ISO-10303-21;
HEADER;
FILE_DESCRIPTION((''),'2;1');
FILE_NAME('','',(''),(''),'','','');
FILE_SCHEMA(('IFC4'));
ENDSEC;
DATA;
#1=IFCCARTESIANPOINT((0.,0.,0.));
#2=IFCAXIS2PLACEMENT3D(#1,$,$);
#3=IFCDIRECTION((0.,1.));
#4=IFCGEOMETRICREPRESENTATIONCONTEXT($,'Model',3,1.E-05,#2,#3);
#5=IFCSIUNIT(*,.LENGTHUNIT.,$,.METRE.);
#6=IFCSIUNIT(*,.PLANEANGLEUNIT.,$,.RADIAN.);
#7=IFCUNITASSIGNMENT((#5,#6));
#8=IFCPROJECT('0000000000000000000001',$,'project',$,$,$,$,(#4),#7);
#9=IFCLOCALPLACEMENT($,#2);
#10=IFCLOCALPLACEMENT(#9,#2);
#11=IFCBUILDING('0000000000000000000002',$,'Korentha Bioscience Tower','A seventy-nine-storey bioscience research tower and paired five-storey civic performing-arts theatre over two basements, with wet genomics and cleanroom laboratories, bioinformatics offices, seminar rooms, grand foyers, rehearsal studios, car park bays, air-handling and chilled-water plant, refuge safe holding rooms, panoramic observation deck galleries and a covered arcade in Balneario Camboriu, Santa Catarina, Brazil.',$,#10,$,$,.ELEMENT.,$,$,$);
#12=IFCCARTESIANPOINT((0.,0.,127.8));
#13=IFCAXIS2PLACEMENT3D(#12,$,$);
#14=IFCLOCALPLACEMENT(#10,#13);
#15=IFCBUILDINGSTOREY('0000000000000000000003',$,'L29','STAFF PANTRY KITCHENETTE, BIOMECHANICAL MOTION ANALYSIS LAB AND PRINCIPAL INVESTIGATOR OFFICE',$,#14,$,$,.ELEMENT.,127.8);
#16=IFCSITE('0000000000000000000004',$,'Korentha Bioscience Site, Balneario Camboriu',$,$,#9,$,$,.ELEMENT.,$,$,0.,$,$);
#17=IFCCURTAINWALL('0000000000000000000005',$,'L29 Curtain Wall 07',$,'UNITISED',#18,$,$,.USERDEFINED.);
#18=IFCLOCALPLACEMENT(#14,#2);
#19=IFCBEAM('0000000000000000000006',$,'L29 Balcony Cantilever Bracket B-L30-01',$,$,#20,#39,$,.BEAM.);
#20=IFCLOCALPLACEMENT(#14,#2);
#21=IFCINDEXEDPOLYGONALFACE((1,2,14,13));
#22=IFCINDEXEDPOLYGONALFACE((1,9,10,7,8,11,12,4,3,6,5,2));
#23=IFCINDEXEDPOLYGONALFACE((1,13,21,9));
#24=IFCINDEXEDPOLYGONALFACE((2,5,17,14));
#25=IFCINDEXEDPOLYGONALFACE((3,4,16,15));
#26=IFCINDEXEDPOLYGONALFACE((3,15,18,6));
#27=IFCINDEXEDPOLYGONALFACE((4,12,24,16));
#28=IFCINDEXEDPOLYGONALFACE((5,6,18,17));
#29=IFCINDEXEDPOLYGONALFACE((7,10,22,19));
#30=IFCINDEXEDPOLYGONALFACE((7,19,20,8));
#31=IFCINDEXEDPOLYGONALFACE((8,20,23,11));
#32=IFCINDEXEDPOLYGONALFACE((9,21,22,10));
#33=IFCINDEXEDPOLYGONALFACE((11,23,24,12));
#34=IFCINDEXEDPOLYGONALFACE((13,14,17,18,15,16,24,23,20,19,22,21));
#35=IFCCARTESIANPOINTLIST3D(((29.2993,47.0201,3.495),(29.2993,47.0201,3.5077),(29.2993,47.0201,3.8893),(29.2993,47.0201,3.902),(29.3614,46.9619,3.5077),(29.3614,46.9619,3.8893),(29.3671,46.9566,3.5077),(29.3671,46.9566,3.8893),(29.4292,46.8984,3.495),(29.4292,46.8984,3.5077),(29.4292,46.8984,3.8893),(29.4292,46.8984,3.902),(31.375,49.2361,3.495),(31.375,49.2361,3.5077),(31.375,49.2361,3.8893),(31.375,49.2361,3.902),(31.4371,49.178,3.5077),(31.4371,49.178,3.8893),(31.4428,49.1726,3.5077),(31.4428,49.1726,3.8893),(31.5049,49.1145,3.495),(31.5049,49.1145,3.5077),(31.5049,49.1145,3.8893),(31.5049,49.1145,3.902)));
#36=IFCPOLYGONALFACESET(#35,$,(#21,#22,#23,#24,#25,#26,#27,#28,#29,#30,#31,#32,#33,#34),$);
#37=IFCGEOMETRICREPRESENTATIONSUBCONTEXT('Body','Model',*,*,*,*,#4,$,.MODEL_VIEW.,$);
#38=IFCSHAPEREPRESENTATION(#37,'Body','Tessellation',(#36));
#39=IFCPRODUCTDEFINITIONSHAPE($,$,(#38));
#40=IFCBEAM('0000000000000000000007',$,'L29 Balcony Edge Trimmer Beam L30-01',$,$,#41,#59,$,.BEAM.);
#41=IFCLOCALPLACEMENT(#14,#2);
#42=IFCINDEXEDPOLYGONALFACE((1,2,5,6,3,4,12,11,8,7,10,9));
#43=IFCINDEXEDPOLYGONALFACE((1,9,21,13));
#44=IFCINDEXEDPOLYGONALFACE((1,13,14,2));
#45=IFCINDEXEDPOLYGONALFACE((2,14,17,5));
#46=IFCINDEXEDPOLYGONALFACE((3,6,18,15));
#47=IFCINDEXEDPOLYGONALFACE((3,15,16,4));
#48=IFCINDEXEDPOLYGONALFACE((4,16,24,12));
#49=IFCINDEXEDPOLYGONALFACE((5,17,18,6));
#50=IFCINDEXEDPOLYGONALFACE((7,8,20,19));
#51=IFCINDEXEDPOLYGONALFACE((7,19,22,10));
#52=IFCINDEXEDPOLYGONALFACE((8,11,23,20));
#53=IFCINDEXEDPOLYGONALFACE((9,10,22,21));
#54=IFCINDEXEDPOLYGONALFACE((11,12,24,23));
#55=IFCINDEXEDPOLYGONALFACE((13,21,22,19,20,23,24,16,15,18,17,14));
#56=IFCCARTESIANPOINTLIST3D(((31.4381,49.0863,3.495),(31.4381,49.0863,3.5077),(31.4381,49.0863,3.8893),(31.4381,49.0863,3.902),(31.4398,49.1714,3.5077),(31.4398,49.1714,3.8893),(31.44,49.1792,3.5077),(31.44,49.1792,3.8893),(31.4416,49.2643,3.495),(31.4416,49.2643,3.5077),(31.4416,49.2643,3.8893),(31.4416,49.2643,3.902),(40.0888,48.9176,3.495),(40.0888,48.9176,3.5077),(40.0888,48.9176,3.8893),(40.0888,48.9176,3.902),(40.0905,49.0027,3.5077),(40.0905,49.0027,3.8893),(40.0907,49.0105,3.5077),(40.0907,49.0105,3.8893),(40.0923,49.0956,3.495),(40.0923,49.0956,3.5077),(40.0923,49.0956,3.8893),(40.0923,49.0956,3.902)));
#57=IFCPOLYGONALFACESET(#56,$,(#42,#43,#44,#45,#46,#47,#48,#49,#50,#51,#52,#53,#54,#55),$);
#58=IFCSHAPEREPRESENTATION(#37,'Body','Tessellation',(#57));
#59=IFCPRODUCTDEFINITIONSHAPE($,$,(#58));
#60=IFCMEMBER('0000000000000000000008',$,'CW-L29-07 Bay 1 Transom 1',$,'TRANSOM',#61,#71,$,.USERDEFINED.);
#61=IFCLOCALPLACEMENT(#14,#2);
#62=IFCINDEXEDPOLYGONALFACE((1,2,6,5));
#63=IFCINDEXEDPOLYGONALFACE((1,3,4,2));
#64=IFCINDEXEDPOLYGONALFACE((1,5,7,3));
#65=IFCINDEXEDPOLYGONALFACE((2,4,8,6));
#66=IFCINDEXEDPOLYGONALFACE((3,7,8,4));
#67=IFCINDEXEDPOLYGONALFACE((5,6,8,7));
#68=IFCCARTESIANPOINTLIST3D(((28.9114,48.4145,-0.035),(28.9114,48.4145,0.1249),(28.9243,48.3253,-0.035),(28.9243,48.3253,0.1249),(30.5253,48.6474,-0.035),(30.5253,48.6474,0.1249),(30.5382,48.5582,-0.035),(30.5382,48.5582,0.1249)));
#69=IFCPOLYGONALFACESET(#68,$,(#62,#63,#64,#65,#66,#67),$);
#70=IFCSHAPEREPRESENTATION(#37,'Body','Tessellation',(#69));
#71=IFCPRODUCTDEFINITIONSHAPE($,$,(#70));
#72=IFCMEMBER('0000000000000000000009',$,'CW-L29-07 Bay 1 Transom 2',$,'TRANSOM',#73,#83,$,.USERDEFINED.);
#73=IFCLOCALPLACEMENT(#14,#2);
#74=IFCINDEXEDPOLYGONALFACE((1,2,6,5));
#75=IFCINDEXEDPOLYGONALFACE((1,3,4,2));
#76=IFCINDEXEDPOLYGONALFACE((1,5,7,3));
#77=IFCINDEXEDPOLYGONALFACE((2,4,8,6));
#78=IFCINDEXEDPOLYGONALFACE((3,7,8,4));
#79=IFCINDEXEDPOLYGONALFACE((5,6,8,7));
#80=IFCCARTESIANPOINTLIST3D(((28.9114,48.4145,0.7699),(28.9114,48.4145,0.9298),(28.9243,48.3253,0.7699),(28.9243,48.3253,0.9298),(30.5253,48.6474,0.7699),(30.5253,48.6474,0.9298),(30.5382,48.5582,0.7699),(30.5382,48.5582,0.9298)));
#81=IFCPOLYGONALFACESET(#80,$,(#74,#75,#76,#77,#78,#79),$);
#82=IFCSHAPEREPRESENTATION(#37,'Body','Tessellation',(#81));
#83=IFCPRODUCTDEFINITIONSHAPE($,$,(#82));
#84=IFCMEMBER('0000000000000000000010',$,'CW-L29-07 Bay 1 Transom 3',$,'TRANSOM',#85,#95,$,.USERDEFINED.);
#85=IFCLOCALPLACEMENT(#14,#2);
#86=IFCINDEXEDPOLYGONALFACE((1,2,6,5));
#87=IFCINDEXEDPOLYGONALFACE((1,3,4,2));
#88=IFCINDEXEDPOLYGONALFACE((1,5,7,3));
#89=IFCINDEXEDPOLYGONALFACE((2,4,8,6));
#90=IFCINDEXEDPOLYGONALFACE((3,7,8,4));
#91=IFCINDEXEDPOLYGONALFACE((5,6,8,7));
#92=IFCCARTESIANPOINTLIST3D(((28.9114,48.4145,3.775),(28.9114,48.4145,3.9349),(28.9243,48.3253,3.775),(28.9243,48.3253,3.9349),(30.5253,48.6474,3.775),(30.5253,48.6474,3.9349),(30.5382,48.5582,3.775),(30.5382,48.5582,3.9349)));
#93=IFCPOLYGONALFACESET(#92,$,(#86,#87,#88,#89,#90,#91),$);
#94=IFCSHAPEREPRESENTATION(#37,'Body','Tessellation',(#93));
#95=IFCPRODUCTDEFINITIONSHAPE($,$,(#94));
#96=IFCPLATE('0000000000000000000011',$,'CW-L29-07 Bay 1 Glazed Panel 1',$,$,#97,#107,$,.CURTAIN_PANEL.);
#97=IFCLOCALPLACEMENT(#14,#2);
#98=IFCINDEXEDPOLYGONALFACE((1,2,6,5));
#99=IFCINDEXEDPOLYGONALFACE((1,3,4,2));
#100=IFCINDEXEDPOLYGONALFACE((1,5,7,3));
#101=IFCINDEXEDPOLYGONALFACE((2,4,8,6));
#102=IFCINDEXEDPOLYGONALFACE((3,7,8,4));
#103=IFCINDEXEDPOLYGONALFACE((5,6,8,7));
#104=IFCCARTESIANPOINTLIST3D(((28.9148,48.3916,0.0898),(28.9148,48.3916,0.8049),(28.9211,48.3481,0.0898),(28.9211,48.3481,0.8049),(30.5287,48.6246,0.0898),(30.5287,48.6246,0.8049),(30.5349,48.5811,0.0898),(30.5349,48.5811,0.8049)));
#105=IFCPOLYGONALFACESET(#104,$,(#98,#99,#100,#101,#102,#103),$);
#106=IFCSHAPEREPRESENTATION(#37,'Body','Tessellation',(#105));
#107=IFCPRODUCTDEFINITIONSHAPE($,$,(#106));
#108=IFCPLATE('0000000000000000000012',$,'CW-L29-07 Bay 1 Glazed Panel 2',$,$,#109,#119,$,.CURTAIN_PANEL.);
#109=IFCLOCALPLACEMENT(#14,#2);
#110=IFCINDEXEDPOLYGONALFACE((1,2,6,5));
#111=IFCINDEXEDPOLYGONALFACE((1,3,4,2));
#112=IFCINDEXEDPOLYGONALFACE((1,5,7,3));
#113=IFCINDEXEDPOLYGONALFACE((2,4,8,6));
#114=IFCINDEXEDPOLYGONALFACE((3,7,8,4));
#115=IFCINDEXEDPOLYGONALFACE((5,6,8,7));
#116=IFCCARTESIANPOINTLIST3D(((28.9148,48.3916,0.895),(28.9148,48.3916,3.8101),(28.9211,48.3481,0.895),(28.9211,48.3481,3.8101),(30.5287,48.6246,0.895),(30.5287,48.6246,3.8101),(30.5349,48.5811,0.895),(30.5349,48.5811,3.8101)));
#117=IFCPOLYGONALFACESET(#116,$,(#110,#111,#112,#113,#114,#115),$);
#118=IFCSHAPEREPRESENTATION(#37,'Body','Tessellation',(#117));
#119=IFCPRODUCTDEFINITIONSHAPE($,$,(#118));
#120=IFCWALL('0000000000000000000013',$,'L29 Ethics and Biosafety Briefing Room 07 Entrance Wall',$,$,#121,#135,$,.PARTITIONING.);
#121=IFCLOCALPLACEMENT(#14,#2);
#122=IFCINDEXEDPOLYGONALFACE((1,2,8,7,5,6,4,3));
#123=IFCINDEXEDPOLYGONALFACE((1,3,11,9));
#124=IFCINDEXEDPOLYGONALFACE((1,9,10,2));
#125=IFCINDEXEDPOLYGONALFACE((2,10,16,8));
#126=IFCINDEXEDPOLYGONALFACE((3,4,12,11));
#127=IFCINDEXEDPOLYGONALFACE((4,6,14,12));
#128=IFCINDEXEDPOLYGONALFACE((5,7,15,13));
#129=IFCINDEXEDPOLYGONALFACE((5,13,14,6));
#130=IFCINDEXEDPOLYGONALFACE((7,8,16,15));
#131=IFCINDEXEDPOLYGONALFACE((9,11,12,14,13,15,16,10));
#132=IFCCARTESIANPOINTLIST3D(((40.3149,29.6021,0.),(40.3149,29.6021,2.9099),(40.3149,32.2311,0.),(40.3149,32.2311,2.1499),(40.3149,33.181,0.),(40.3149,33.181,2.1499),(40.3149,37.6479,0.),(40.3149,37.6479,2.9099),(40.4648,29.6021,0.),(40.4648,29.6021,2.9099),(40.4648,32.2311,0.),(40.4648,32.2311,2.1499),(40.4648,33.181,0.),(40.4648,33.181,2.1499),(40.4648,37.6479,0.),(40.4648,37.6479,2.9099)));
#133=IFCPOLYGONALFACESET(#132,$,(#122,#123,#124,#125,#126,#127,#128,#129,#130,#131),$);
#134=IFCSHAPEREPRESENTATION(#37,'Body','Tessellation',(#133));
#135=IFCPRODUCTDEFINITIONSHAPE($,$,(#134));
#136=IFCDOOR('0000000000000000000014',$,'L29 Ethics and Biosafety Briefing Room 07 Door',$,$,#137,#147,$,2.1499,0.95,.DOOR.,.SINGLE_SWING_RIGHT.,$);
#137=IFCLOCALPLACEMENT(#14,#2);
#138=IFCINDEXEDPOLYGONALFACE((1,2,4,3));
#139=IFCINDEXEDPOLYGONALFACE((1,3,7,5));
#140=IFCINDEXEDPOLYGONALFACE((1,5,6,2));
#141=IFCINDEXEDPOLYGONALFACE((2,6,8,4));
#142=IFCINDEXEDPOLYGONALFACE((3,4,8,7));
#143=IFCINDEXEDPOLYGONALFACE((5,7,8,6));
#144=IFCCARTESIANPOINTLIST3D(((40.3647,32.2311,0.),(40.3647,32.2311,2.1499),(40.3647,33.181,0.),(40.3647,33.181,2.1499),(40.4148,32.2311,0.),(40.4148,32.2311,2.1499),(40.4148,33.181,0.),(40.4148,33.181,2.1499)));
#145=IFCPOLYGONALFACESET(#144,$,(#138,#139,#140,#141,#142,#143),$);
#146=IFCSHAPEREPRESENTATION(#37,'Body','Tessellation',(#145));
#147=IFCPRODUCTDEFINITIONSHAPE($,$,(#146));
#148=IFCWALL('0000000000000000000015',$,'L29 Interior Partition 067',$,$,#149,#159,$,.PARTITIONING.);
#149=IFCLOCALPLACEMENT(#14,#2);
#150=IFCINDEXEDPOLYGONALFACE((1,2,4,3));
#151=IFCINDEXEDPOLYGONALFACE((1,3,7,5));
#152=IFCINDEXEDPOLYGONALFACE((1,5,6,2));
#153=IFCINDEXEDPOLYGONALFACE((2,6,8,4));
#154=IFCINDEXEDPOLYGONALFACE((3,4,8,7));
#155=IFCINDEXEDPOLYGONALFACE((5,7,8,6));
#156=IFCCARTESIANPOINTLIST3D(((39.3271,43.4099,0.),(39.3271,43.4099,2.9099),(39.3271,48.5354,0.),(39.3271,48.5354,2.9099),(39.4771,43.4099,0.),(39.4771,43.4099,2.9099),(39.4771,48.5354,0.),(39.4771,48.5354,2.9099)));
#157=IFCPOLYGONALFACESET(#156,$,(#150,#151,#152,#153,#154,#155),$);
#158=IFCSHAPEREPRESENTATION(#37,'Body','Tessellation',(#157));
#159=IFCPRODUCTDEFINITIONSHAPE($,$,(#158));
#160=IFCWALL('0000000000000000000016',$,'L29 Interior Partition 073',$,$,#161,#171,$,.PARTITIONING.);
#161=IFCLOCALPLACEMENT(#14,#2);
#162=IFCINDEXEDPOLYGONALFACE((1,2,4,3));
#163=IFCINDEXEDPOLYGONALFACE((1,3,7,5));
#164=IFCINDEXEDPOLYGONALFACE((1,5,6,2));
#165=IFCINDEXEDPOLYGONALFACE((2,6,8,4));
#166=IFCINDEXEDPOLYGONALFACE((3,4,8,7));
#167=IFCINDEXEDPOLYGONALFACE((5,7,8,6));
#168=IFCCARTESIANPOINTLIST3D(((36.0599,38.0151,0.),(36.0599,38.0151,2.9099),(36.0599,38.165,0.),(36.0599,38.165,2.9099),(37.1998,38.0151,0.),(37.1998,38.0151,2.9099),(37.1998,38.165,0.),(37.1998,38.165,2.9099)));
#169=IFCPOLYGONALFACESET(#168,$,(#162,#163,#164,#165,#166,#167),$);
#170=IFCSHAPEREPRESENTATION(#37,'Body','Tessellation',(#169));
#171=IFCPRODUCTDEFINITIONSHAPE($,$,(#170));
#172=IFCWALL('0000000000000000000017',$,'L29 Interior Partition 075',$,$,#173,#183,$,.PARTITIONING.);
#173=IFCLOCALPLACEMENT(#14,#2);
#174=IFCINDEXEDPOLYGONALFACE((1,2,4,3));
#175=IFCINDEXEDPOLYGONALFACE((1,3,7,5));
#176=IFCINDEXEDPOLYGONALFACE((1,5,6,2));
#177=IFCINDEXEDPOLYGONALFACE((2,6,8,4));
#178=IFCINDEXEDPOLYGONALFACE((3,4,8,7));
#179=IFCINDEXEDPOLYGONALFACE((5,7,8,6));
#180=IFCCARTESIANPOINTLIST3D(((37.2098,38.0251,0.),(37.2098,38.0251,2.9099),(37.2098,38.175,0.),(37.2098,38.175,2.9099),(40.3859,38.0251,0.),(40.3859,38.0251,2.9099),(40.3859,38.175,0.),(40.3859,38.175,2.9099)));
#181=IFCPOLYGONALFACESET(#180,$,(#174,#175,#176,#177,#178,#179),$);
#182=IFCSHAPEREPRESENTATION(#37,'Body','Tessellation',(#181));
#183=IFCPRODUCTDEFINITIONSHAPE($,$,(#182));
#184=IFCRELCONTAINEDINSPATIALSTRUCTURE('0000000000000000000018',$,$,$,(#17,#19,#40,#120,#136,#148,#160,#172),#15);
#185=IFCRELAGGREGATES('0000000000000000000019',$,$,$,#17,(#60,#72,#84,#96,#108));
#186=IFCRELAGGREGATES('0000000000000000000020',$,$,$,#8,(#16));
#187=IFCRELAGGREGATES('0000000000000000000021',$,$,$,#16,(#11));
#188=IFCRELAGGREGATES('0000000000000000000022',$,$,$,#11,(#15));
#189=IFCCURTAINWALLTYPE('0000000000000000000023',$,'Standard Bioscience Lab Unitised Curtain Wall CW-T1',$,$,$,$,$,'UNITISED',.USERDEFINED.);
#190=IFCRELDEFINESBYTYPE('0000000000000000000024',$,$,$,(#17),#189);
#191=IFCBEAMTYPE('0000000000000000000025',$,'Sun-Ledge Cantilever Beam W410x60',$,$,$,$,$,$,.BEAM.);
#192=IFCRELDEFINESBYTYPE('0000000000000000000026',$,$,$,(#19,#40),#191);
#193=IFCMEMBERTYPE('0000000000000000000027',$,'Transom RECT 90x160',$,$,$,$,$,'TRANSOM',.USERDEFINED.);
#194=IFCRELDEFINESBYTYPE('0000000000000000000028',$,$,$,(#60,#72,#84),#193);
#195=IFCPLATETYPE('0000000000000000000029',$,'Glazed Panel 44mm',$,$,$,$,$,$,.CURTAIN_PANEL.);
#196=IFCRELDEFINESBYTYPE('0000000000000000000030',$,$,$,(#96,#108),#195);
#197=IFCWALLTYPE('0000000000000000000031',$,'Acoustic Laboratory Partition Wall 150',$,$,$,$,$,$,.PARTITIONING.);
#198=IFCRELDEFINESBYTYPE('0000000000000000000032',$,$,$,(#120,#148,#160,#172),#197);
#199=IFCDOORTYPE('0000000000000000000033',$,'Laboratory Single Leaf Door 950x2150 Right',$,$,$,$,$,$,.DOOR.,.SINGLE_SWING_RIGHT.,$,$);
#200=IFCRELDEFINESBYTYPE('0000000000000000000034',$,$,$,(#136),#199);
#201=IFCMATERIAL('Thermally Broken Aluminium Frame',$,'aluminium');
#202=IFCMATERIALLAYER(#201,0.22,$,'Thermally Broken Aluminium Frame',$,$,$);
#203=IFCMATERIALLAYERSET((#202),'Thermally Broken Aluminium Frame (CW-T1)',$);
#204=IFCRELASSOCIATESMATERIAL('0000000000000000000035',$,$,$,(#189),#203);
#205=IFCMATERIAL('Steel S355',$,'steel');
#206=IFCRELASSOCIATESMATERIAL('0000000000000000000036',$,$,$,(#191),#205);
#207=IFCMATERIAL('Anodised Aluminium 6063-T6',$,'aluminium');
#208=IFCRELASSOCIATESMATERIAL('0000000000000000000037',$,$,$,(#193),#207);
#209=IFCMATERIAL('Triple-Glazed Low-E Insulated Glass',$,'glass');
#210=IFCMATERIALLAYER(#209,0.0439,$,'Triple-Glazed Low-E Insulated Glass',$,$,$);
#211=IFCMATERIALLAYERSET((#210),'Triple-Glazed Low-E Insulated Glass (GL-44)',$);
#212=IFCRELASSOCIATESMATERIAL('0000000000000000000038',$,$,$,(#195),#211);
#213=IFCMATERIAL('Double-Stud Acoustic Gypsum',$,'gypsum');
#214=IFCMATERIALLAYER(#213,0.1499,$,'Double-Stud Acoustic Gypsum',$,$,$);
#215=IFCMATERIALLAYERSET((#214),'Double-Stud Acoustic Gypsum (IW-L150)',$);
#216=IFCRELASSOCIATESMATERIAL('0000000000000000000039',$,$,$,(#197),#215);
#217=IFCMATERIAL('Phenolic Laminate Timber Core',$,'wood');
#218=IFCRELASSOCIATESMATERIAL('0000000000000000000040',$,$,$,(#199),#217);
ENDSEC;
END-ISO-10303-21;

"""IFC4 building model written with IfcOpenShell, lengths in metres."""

from ifc_helpers import new_model, si_unit, direction, frame, frame_2d, origin, origin_2d, place, context, subcontext, project, spatial, rectangle, i_section, extrude, material, layer, layer_set, material_profile, profile_set, type_object, element, fill, aggregate, save


model = new_model("IFC4")

# Units and contexts
model_context = context("Model", 3, precision=1e-05, world=origin(), true_north=direction((0.0, 1.0)))
body_context = subcontext(model_context, "Body", "Model", "MODEL_VIEW")
ifc_project = project(units=[si_unit("LENGTHUNIT", "METRE"), si_unit("PLANEANGLEUNIT", "RADIAN")], contexts=[model_context])

# Site, building, storey
site_placement = place(None, origin())
site = spatial("IfcSite", under=ifc_project, at=site_placement, Name="Korentha Bioscience Site, Balneario Camboriu", CompositionType="ELEMENT", RefElevation=0.0)
building_placement = place(site_placement, origin())
building = spatial("IfcBuilding", under=site, at=building_placement, Name="Korentha Bioscience Tower", Description="A seventy-nine-storey bioscience research tower and paired five-storey civic performing-arts theatre over two basements, with wet genomics and cleanroom laboratories, bioinformatics offices, seminar rooms, grand foyers, rehearsal studios, car park bays, air-handling and chilled-water plant, refuge safe holding rooms, panoramic observation deck galleries and a covered arcade in Balneario Camboriu, Santa Catarina, Brazil.", CompositionType="ELEMENT")
storey_placement = place(building_placement, frame((0.0, 0.0, 127.8)))
storey = spatial("IfcBuildingStorey", under=building, at=storey_placement, Name="L29", Description="STAFF PANTRY KITCHENETTE, BIOMECHANICAL MOTION ANALYSIS LAB AND PRINCIPAL INVESTIGATOR OFFICE", CompositionType="ELEMENT", Elevation=127.8)

# Curtain wall
ifc_material_1 = material(Name="Thermally Broken Aluminium Frame", Category="aluminium")
ifc_layer_1 = layer(ifc_material_1, 0.22, Name="Thermally Broken Aluminium Frame")
ifc_layer_set_1 = layer_set([ifc_layer_1], Name="Thermally Broken Aluminium Frame (CW-T1)")
curtain_wall_type = type_object("IfcCurtainWallType", Name="Standard Bioscience Lab Unitised Curtain Wall CW-T1", ElementType="UNITISED", PredefinedType="USERDEFINED", material=ifc_layer_set_1)
curtain_wall_placement = place(storey_placement, origin())
curtain_wall = element("IfcCurtainWall", 1, at=curtain_wall_placement, inside=storey, type_object=curtain_wall_type, Name="L29 Curtain Wall 07", ObjectType="UNITISED", PredefinedType="USERDEFINED")
ifc_material_2 = material(Name="Anodised Aluminium 6063-T6", Category="aluminium")

# Beams
ifc_material_3 = material(Name="Steel S355", Category="steel")
ifc_material_profile_1 = material_profile(ifc_material_3, i_section(OverallWidth=0.178, OverallDepth=0.407, WebThickness=0.0078, FlangeThickness=0.0127, at=origin_2d()), Name="Steel S355")
ifc_profile_set_1 = profile_set([ifc_material_profile_1], Name="Steel S355 (CB-410)")
beam_type_1 = type_object("IfcBeamType", Name="Sun-Ledge Cantilever Beam W410x60", PredefinedType="BEAM", material=ifc_profile_set_1)
beam_1_placement = place(storey_placement, frame((29.3643, 46.9592, 3.6985), z_axis=(0.683612, 0.729846, 0.0), x_axis=(-0.729846, 0.683612, 0.0)))
element("IfcBeam", 2, at=beam_1_placement, inside=storey, type_object=beam_type_1, Name="L29 Balcony Cantilever Bracket B-L30-01", PredefinedType="BEAM", context=body_context, shape_type="SweptSolid", body=[
    extrude(i_section(OverallWidth=0.178, OverallDepth=0.407, WebThickness=0.0078, FlangeThickness=0.0127, at=origin_2d()), origin(), (0.0, 0.0, 1.0), 3.0364),
])
beam_2_placement = place(storey_placement, frame((40.0906, 49.0066, 3.6985), z_axis=(-0.99981, 0.019498, 0.0), x_axis=(-0.019498, -0.99981, 0.0)))
element("IfcBeam", 3, at=beam_2_placement, inside=storey, type_object=beam_type_1, Name="L29 Balcony Edge Trimmer Beam L30-01", PredefinedType="BEAM", context=body_context, shape_type="SweptSolid", body=[
    extrude(i_section(OverallWidth=0.178, OverallDepth=0.407, WebThickness=0.0078, FlangeThickness=0.0127, at=origin_2d()), origin(), (0.0, 0.0, 1.0), 8.6523),
])

# Members
ifc_material_profile_2 = material_profile(ifc_material_2, rectangle(XDim=0.0901, YDim=0.1599, at=origin_2d()), Name="Anodised Aluminium 6063-T6")
ifc_profile_set_2 = profile_set([ifc_material_profile_2], Name="Anodised Aluminium 6063-T6 (CW-TRN)")
member_type_1 = type_object("IfcMemberType", Name="Transom RECT 90x160", ElementType="TRANSOM", PredefinedType="USERDEFINED", material=ifc_profile_set_2)
member_1_placement = place(storey_placement, frame((30.5317, 48.6028, 0.0449), z_axis=(-0.989748, -0.142826, 0.0), x_axis=(0.142826, -0.989748, 0.0)))
member_1 = element("IfcMember", 4, at=member_1_placement, type_object=member_type_1, Name="CW-L29-07 Bay 1 Transom 1", ObjectType="TRANSOM", PredefinedType="USERDEFINED", context=body_context, shape_type="SweptSolid", body=[
    extrude(rectangle(XDim=0.0901, YDim=0.1599, at=origin_2d()), origin(), (0.0, 0.0, 1.0), 1.6306),
])
member_2_placement = place(storey_placement, frame((30.5317, 48.6028, 0.8499), z_axis=(-0.989748, -0.142826, 0.0), x_axis=(0.142826, -0.989748, 0.0)))
member_2 = element("IfcMember", 5, at=member_2_placement, type_object=member_type_1, Name="CW-L29-07 Bay 1 Transom 2", ObjectType="TRANSOM", PredefinedType="USERDEFINED", context=body_context, shape_type="SweptSolid", body=[
    extrude(rectangle(XDim=0.0901, YDim=0.1599, at=origin_2d()), origin(), (0.0, 0.0, 1.0), 1.6306),
])
member_3_placement = place(storey_placement, frame((30.5317, 48.6028, 3.855), z_axis=(-0.989748, -0.142826, 0.0), x_axis=(0.142826, -0.989748, 0.0)))
member_3 = element("IfcMember", 6, at=member_3_placement, type_object=member_type_1, Name="CW-L29-07 Bay 1 Transom 3", ObjectType="TRANSOM", PredefinedType="USERDEFINED", context=body_context, shape_type="SweptSolid", body=[
    extrude(rectangle(XDim=0.0901, YDim=0.1599, at=origin_2d()), origin(), (0.0, 0.0, 1.0), 1.6306),
])

# Plates
ifc_material_4 = material(Name="Triple-Glazed Low-E Insulated Glass", Category="glass")
ifc_layer_2 = layer(ifc_material_4, 0.0439, Name="Triple-Glazed Low-E Insulated Glass")
ifc_layer_set_2 = layer_set([ifc_layer_2], Name="Triple-Glazed Low-E Insulated Glass (GL-44)")
plate_type = type_object("IfcPlateType", Name="Glazed Panel 44mm", PredefinedType="CURTAIN_PANEL", material=ifc_layer_set_2)
plate_1_placement = place(storey_placement, frame((29.7249, 48.4863, 0.0898), z_axis=(0.0, 0.0, 1.0), x_axis=(-0.989738, -0.142892, 0.0)))
plate_1 = element("IfcPlate", 7, at=plate_1_placement, type_object=plate_type, Name="CW-L29-07 Bay 1 Glazed Panel 1", PredefinedType="CURTAIN_PANEL", context=body_context, shape_type="SweptSolid", body=[
    extrude(rectangle(XDim=1.6306, YDim=0.0439, at=origin_2d()), origin(), (0.0, 0.0, 1.0), 0.7151),
])
plate_2_placement = place(storey_placement, frame((29.7249, 48.4863, 0.895), z_axis=(0.0, 0.0, 1.0), x_axis=(-0.989738, -0.142892, 0.0)))
plate_2 = element("IfcPlate", 8, at=plate_2_placement, type_object=plate_type, Name="CW-L29-07 Bay 1 Glazed Panel 2", PredefinedType="CURTAIN_PANEL", context=body_context, shape_type="SweptSolid", body=[
    extrude(rectangle(XDim=1.6306, YDim=0.0439, at=origin_2d()), origin(), (0.0, 0.0, 1.0), 2.915),
])
aggregate(curtain_wall, [member_1, member_2, member_3, plate_1, plate_2])

# Wall, opening, door
ifc_material_5 = material(Name="Double-Stud Acoustic Gypsum", Category="gypsum")
ifc_layer_3 = layer(ifc_material_5, 0.1499, Name="Double-Stud Acoustic Gypsum")
ifc_layer_set_3 = layer_set([ifc_layer_3], Name="Double-Stud Acoustic Gypsum (IW-L150)")
wall_type_1 = type_object("IfcWallType", Name="Acoustic Laboratory Partition Wall 150", PredefinedType="PARTITIONING", material=ifc_layer_set_3)
wall_1_placement = place(storey_placement, frame((40.3899, 37.6479, 0.0), z_axis=(0.0, 0.0, 1.0), x_axis=(0.0, -1.0, 0.0)))
wall_1 = element("IfcWall", 9, at=wall_1_placement, inside=storey, type_object=wall_type_1, Name="L29 Ethics and Biosafety Briefing Room 07 Entrance Wall", PredefinedType="PARTITIONING", context=body_context, shape_type="SweptSolid", body=[
    extrude(rectangle(XDim=8.0459, YDim=0.1499, at=frame_2d((4.0229, 0.0))), origin(), (0.0, 0.0, 1.0), 2.9099),
])
opening_1_placement = place(wall_1_placement, frame((4.4668, 0.0, 0.0)))
opening_1 = element("IfcOpeningElement", 10, at=opening_1_placement, cuts=wall_1, PredefinedType="OPENING", context=body_context, shape_type="SweptSolid", body=[
    extrude(rectangle(XDim=0.95, YDim=2.1499, at=frame_2d((0.4751, 1.075))), frame((0.0, 0.0898, 0.0), z_axis=(0.0, -1.0, 0.0), x_axis=(1.0, 0.0, 0.0)), (0.0, 0.0, 1.0), 0.1797),
])
ifc_material_6 = material(Name="Phenolic Laminate Timber Core", Category="wood")
door_type_1 = type_object("IfcDoorType", Name="Laboratory Single Leaf Door 950x2150 Right", OperationType="SINGLE_SWING_RIGHT", PredefinedType="DOOR", material=ifc_material_6)
door_1_placement = place(opening_1_placement, origin())
door_1 = element("IfcDoor", 11, at=door_1_placement, inside=storey, type_object=door_type_1, Name="L29 Ethics and Biosafety Briefing Room 07 Door", OperationType="SINGLE_SWING_RIGHT", OverallHeight=2.1499, OverallWidth=0.95, PredefinedType="DOOR", context=body_context, shape_type="SweptSolid", body=[
    extrude(rectangle(XDim=0.95, YDim=2.1499, at=frame_2d((0.4751, 1.075))), frame((0.0, 0.0249, 0.0), z_axis=(0.0, -1.0, 0.0), x_axis=(1.0, 0.0, 0.0)), (0.0, 0.0, 1.0), 0.05),
])
fill(opening_1, door_1)

# Walls
wall_2_placement = place(storey_placement, frame((39.4021, 43.4099, 0.0), z_axis=(0.0, 0.0, 1.0), x_axis=(0.0, 1.0, 0.0)))
element("IfcWall", 12, at=wall_2_placement, inside=storey, type_object=wall_type_1, Name="L29 Interior Partition 067", PredefinedType="PARTITIONING", context=body_context, shape_type="SweptSolid", body=[
    extrude(rectangle(XDim=5.1255, YDim=0.1499, at=frame_2d((2.5627, 0.0))), origin(), (0.0, 0.0, 1.0), 2.9099),
])
wall_3_placement = place(storey_placement, frame((36.0601, 38.0901, 0.0), z_axis=(0.0, 0.0, 1.0), x_axis=(1.0, 0.0, 0.0)))
element("IfcWall", 13, at=wall_3_placement, inside=storey, type_object=wall_type_1, Name="L29 Interior Partition 073", PredefinedType="PARTITIONING", context=body_context, shape_type="SweptSolid", body=[
    extrude(rectangle(XDim=1.1399, YDim=0.1499, at=frame_2d((0.5698, 0.0))), origin(), (0.0, 0.0, 1.0), 2.9099),
])
wall_4_placement = place(storey_placement, frame((37.21, 38.1001, 0.0), z_axis=(0.0, 0.0, 1.0), x_axis=(1.0, 0.0, 0.0)))
element("IfcWall", 14, at=wall_4_placement, inside=storey, type_object=wall_type_1, Name="L29 Interior Partition 075", PredefinedType="PARTITIONING", context=body_context, shape_type="SweptSolid", body=[
    extrude(rectangle(XDim=3.176, YDim=0.1499, at=frame_2d((1.5879, 0.0))), origin(), (0.0, 0.0, 1.0), 2.9099),
])

save(model, "model.ifc")
